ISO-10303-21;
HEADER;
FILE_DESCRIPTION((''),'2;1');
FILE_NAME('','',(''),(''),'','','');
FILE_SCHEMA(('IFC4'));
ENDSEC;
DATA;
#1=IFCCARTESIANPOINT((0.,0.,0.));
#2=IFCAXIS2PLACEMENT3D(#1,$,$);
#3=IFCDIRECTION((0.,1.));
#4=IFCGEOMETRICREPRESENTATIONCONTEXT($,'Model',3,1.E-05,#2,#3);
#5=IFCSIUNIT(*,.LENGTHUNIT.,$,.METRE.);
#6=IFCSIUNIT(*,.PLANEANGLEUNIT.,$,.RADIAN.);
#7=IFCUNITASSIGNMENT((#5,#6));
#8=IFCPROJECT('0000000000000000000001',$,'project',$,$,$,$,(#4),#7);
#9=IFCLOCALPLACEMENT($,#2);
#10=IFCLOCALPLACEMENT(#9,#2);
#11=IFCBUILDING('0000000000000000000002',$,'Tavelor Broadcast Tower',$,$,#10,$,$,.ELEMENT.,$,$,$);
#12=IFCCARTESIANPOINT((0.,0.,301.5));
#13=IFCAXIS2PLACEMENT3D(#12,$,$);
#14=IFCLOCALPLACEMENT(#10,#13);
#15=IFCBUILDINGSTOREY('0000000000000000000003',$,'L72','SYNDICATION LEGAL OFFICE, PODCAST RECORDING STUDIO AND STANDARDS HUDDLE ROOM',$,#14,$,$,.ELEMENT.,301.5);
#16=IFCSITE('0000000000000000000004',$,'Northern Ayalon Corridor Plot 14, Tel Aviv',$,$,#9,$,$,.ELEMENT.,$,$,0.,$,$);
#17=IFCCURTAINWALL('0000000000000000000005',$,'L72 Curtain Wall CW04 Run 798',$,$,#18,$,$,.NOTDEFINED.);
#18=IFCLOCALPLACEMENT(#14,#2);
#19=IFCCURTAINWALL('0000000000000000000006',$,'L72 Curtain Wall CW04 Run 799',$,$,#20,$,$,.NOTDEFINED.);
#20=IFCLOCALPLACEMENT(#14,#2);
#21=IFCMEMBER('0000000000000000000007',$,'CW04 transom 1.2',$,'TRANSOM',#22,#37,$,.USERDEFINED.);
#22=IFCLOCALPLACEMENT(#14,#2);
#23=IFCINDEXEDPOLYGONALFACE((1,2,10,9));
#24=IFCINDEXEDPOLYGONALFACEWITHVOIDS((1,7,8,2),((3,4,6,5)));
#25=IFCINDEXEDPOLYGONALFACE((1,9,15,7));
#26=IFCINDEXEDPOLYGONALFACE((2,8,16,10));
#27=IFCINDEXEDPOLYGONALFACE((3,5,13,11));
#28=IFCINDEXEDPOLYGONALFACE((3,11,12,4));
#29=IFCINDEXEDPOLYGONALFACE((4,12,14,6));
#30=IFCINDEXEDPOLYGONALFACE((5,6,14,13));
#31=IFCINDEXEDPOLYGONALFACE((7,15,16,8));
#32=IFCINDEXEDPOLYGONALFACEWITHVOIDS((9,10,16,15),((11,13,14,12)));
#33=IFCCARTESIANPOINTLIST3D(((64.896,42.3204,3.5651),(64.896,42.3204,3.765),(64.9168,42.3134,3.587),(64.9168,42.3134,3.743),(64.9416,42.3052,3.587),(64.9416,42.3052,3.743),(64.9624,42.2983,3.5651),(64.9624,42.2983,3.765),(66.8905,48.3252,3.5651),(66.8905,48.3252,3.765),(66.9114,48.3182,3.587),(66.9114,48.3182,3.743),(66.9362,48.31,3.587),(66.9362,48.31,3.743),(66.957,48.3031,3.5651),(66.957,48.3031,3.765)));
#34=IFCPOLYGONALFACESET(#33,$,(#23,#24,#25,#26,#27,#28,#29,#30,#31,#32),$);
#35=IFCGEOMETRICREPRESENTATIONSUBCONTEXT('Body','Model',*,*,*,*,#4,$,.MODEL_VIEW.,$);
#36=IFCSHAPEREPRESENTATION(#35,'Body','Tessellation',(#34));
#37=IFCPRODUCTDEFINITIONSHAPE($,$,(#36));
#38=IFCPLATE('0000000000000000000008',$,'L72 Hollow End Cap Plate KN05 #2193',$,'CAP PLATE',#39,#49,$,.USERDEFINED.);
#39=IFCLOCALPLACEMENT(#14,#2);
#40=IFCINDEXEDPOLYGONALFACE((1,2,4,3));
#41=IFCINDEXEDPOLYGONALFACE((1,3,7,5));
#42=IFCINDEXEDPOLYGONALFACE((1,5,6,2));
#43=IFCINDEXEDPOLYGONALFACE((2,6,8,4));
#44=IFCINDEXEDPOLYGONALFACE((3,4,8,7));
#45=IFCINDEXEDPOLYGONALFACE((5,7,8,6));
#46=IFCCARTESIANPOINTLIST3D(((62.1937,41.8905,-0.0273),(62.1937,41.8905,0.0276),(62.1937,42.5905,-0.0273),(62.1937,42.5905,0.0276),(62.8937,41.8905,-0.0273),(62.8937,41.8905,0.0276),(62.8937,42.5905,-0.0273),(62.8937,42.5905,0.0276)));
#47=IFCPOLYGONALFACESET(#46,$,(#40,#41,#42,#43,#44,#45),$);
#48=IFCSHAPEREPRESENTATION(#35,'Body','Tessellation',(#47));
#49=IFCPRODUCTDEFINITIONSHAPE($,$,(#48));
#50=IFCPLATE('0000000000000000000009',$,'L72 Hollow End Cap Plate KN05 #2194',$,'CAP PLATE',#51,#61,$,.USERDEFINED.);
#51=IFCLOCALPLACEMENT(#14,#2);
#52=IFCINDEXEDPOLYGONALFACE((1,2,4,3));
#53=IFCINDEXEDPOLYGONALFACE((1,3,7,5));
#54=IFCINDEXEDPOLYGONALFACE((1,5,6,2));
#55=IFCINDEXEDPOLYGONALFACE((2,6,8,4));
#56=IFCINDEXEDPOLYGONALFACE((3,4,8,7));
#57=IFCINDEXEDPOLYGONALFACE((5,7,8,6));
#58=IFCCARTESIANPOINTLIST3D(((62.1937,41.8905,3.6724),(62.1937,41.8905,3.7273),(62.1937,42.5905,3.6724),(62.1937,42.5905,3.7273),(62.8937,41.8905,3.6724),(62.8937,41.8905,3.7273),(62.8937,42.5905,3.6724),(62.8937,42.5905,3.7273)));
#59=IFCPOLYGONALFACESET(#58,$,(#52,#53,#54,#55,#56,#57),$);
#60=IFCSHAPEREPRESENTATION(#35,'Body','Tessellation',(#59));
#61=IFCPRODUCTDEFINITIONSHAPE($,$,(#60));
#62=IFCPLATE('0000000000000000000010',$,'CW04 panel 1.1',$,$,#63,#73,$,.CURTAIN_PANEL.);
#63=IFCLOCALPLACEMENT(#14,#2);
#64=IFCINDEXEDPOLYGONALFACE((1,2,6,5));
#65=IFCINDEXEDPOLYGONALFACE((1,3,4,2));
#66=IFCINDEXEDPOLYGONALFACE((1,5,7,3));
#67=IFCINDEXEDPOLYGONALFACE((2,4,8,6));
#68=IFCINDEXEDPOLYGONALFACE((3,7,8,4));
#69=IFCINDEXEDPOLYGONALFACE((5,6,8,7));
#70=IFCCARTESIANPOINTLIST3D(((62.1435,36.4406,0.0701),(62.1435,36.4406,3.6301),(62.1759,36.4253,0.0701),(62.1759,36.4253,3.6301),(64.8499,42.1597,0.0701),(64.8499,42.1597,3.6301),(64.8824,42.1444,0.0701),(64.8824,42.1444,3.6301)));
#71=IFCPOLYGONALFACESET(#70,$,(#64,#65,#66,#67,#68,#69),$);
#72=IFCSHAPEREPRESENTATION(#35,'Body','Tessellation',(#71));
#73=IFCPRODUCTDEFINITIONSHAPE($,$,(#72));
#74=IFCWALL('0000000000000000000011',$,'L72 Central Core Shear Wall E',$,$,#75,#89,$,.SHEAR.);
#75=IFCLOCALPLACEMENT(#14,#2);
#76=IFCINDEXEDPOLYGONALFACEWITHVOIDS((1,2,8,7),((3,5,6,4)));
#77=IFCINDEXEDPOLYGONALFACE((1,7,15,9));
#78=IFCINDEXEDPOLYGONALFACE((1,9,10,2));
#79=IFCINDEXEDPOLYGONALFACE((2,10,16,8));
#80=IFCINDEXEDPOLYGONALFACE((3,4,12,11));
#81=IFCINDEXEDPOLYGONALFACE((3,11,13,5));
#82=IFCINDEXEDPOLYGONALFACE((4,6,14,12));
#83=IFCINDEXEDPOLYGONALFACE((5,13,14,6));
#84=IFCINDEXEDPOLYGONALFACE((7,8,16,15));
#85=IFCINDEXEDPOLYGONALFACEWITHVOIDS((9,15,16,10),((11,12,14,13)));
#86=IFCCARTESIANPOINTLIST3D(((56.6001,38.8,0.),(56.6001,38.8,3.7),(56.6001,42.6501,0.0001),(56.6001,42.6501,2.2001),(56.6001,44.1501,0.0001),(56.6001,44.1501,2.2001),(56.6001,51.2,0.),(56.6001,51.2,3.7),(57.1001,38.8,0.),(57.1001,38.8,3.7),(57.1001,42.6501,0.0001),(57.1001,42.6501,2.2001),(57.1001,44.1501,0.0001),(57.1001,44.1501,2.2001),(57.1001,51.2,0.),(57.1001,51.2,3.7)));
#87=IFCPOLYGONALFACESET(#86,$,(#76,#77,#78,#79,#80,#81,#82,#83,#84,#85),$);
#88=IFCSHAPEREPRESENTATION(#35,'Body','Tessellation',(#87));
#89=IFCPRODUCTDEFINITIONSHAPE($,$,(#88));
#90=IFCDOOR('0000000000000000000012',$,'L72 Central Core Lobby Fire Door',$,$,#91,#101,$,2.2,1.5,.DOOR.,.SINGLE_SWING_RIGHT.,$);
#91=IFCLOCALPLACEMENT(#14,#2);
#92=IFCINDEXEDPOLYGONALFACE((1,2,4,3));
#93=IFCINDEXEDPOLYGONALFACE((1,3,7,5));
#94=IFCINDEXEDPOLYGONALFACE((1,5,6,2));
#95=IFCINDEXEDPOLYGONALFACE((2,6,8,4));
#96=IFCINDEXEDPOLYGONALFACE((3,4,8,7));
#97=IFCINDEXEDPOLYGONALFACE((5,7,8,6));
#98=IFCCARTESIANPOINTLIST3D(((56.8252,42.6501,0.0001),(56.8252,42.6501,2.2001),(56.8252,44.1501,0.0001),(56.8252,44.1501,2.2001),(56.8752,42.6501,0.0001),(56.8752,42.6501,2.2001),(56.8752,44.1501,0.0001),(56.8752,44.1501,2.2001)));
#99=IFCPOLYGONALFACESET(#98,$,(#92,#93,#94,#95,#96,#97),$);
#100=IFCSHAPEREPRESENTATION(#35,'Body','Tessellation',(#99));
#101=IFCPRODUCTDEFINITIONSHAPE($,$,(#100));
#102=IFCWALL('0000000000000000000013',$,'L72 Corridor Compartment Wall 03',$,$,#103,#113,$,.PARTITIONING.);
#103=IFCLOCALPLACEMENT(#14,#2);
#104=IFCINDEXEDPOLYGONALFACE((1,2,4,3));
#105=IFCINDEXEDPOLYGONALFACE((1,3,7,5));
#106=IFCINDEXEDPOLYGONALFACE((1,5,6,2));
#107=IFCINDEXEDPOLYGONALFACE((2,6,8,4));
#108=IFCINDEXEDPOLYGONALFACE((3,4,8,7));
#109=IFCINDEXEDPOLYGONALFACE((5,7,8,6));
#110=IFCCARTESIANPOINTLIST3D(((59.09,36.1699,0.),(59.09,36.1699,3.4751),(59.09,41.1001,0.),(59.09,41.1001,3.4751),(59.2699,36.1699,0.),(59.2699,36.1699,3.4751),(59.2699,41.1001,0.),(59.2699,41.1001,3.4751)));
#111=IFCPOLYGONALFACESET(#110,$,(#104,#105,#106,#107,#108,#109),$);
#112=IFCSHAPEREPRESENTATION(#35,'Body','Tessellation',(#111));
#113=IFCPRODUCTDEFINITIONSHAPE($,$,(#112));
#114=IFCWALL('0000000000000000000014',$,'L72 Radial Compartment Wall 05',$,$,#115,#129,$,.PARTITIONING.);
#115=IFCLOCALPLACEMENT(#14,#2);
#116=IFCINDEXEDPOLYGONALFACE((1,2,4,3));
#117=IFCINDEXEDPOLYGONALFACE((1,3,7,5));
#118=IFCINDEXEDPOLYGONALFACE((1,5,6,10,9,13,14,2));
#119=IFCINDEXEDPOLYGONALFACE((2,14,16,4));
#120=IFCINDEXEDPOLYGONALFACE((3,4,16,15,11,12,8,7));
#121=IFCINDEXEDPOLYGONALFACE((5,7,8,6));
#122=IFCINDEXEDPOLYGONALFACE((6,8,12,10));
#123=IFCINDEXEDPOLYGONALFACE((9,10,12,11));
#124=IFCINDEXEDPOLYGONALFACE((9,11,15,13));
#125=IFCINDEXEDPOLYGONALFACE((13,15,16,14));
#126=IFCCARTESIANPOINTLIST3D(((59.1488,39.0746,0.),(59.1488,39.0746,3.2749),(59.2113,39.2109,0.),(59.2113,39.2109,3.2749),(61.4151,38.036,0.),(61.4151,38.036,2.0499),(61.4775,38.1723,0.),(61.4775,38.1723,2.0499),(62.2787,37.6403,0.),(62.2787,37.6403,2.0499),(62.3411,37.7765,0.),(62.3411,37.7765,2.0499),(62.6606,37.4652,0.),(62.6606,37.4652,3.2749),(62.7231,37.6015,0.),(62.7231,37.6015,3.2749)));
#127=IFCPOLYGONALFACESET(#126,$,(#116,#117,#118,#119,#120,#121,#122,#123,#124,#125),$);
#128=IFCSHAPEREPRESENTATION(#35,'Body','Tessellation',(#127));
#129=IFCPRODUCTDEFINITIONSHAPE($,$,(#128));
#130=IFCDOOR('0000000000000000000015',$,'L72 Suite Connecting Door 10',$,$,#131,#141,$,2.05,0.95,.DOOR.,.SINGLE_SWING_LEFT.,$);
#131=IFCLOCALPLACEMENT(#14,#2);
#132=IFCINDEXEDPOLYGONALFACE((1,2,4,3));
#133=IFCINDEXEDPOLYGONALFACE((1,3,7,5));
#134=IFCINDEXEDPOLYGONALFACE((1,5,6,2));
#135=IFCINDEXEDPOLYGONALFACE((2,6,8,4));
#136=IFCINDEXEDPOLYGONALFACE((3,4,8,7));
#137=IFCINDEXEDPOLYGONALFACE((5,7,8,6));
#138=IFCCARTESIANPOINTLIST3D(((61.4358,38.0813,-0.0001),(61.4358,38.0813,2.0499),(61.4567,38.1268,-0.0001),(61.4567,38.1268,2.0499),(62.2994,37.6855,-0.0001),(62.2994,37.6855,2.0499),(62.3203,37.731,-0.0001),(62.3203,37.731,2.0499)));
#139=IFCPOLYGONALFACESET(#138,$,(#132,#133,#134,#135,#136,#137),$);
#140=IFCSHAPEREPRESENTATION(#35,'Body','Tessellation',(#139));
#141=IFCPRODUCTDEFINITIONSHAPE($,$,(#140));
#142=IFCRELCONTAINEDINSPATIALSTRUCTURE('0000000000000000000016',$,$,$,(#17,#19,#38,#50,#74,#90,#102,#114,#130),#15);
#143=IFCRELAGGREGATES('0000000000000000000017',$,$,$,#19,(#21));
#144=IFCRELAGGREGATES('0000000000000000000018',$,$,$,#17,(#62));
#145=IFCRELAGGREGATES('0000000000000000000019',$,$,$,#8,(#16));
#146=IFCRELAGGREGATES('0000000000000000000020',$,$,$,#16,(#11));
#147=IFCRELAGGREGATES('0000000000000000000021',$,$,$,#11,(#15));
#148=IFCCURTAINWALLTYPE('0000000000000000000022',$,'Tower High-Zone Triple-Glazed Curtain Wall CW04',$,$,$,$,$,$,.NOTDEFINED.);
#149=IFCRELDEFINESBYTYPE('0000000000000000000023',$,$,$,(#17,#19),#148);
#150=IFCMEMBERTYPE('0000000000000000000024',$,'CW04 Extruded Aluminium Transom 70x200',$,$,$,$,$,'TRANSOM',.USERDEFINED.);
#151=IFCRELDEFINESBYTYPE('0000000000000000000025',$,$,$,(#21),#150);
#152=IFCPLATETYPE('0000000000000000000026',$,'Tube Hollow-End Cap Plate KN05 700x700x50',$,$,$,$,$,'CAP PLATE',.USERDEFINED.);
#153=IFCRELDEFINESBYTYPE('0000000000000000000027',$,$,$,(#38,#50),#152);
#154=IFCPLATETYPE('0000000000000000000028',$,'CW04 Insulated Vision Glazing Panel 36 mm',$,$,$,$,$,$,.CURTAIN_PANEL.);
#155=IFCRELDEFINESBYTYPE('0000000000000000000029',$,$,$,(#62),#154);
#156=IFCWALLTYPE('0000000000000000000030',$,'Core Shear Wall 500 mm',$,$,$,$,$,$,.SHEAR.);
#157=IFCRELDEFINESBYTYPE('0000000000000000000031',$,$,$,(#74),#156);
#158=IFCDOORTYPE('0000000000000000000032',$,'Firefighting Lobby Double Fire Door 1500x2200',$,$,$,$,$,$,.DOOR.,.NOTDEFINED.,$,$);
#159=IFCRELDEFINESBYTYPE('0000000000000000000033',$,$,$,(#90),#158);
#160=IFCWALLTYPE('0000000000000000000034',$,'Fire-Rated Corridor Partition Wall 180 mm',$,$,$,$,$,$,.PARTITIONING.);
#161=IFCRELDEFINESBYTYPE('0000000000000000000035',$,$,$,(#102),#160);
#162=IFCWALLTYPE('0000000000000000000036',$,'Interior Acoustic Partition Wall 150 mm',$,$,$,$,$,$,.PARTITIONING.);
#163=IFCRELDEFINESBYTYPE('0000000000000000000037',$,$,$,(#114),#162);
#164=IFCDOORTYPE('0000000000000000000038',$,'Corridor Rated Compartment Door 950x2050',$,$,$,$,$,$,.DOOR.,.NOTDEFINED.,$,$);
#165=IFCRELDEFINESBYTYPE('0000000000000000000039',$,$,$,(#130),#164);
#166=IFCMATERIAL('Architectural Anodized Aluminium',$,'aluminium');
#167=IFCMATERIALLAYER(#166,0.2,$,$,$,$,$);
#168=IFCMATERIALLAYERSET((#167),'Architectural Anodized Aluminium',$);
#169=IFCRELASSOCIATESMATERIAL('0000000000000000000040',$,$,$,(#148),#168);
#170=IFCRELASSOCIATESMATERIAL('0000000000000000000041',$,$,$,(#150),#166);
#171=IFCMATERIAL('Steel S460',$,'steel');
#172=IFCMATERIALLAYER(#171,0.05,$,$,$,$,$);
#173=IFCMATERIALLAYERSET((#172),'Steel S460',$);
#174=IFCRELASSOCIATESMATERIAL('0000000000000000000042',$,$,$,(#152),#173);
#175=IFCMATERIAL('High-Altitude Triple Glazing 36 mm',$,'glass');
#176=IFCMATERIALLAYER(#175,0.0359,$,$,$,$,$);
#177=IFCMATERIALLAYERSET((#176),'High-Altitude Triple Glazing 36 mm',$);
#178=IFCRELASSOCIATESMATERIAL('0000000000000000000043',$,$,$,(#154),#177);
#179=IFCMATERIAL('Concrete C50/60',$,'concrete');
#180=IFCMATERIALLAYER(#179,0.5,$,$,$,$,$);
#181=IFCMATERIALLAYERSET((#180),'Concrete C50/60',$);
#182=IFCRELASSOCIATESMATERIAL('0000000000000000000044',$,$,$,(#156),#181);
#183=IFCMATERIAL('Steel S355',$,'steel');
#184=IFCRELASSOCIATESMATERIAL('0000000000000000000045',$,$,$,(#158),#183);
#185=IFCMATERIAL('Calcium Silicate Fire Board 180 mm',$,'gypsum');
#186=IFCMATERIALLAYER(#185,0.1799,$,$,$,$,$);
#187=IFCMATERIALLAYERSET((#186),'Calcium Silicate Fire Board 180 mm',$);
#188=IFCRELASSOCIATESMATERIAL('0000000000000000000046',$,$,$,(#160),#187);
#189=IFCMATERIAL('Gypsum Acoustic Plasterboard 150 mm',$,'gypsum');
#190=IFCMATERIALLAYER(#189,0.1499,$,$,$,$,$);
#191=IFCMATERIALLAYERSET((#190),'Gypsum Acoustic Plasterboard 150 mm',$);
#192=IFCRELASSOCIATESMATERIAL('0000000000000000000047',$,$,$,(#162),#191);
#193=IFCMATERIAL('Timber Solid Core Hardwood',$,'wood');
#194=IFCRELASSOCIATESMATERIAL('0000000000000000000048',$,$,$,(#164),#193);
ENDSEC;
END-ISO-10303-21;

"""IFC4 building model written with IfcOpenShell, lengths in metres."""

from ifc_helpers import new_model, si_unit, direction, frame, frame_2d, origin, origin_2d, place, context, subcontext, project, spatial, rectangle, hollow_rectangle, extrude, source, transform, mapped, material, layer, layer_set, material_profile, profile_set, type_object, type_shapes, element, fill, aggregate, save


model = new_model("IFC4")

# Units and contexts
model_context = context("Model", 3, precision=1e-05, world=origin(), true_north=direction((0.0, 1.0)))
body_context = subcontext(model_context, "Body", "Model", "MODEL_VIEW")
ifc_project = project(units=[si_unit("LENGTHUNIT", "METRE"), si_unit("PLANEANGLEUNIT", "RADIAN")], contexts=[model_context])

# Site, building, storey
site_placement = place(None, origin())
site = spatial("IfcSite", under=ifc_project, at=site_placement, Name="Northern Ayalon Corridor Plot 14, Tel Aviv", CompositionType="ELEMENT", RefElevation=0.0)
building_placement = place(site_placement, origin())
building = spatial("IfcBuilding", under=site, at=building_placement, Name="Tavelor Broadcast Tower", CompositionType="ELEMENT")
storey_placement = place(building_placement, frame((0.0, 0.0, 301.5)))
storey = spatial("IfcBuildingStorey", under=building, at=storey_placement, Name="L72", Description="SYNDICATION LEGAL OFFICE, PODCAST RECORDING STUDIO AND STANDARDS HUDDLE ROOM", CompositionType="ELEMENT", Elevation=301.5)

# Shared definitions
ifc_material_1 = material(Name="Concrete C50/60", Category="concrete")
ifc_material_2 = material(Name="Steel S460", Category="steel")

# Shared definitions
ifc_material_3 = material(Name="Steel S355", Category="steel")

# Curtain wall
ifc_material_4 = material(Name="Architectural Anodized Aluminium", Category="aluminium")
ifc_layer_1 = layer(ifc_material_4, 0.2)
ifc_layer_set_1 = layer_set([ifc_layer_1], Name="Architectural Anodized Aluminium")
curtain_wall_type = type_object("IfcCurtainWallType", Name="Tower High-Zone Triple-Glazed Curtain Wall CW04", PredefinedType="NOTDEFINED", material=ifc_layer_set_1)
curtain_wall_1_placement = place(storey_placement, origin())
curtain_wall_1 = element("IfcCurtainWall", 1, at=curtain_wall_1_placement, inside=storey, type_object=curtain_wall_type, Name="L72 Curtain Wall CW04 Run 798", PredefinedType="NOTDEFINED")

# Curtain wall, member
curtain_wall_2_placement = place(storey_placement, origin())
curtain_wall_2 = element("IfcCurtainWall", 2, at=curtain_wall_2_placement, inside=storey, type_object=curtain_wall_type, Name="L72 Curtain Wall CW04 Run 799", PredefinedType="NOTDEFINED")
ifc_material_profile_1 = material_profile(ifc_material_4, hollow_rectangle(XDim=0.0701, YDim=0.2, WallThickness=0.022, at=origin_2d()), Name="RHS 70x200x22")
ifc_profile_set_1 = profile_set([ifc_material_profile_1], Name="Architectural Anodized Aluminium")
member_type_1 = type_object("IfcMemberType", Name="CW04 Extruded Aluminium Transom 70x200", ElementType="TRANSOM", PredefinedType="USERDEFINED", material=ifc_profile_set_1)
shared_shape_1 = source(origin(), body_context, "Body", "SweptSolid", [
    extrude(hollow_rectangle(XDim=0.0701, YDim=0.2, WallThickness=0.022, at=origin_2d()), origin(), (0.0, 0.0, 1.0), 6.3274),
])
type_shapes(member_type_1, [shared_shape_1])
member_1_placement = place(storey_placement, frame((64.9292, 42.3093, 3.665), z_axis=(0.315232, 0.949015, 0.0), x_axis=(-0.949015, 0.315232, 0.0)))
member_1 = element("IfcMember", 3, at=member_1_placement, type_object=member_type_1, Name="CW04 transom 1.2", ObjectType="TRANSOM", PredefinedType="USERDEFINED", context=body_context, shape_type="MappedRepresentation", body=[
    mapped(shared_shape_1, transform((0.0, 0.0, 0.0), scale=1.0)),
])
aggregate(curtain_wall_2, [member_1])

# Plates
ifc_layer_2 = layer(ifc_material_2, 0.05)
ifc_layer_set_2 = layer_set([ifc_layer_2], Name="Steel S460")
plate_type_1 = type_object("IfcPlateType", Name="Tube Hollow-End Cap Plate KN05 700x700x50", ElementType="CAP PLATE", PredefinedType="USERDEFINED", material=ifc_layer_set_2)
shared_shape_2 = source(origin(), body_context, "Body", "SweptSolid", [
    extrude(rectangle(XDim=0.7, YDim=0.7, at=origin_2d()), origin(), (0.0, 0.0, 1.0), 0.0549),
])
type_shapes(plate_type_1, [shared_shape_2])
for number, where, z_axis, x_axis, name in (
    (4, (62.5437, 42.2405, -0.0273), (0.0, 0.0, 1.0), (1.0, 0.0, 0.0), "L72 Hollow End Cap Plate KN05 #2193"),
    (5, (62.5437, 42.2405, 3.6724), (0.0, 0.0, 1.0), (1.0, 0.0, 0.0), "L72 Hollow End Cap Plate KN05 #2194"),
):
    element("IfcPlate", number, at=place(storey_placement, frame(where, z_axis=z_axis, x_axis=x_axis)), inside=storey, type_object=plate_type_1, Name=name, ObjectType="CAP PLATE", PredefinedType="USERDEFINED", context=body_context, shape_type="MappedRepresentation", body=[
        mapped(shared_shape_2, transform((0.0, 0.0, 0.0), scale=1.0)),
    ])

# Plate
ifc_material_5 = material(Name="High-Altitude Triple Glazing 36 mm", Category="glass")
ifc_layer_3 = layer(ifc_material_5, 0.0359)
ifc_layer_set_3 = layer_set([ifc_layer_3], Name="High-Altitude Triple Glazing 36 mm")
plate_type_2 = type_object("IfcPlateType", Name="CW04 Insulated Vision Glazing Panel 36 mm", PredefinedType="CURTAIN_PANEL", material=ifc_layer_set_3)
shared_shape_3 = source(origin(), body_context, "Body", "SweptSolid", [
    extrude(rectangle(XDim=6.3271, YDim=0.0359, at=origin_2d()), origin(), (0.0, 0.0, 1.0), 3.5601),
])
type_shapes(plate_type_2, [shared_shape_3])
plate_placement = place(storey_placement, frame((63.5129, 39.2925, 0.0701), z_axis=(0.0, 0.0, 1.0), x_axis=(0.427749, 0.903897, 0.0)))
plate = element("IfcPlate", 6, at=plate_placement, type_object=plate_type_2, Name="CW04 panel 1.1", PredefinedType="CURTAIN_PANEL", context=body_context, shape_type="MappedRepresentation", body=[
    mapped(shared_shape_3, transform((0.0, 0.0, 0.0), scale=1.0)),
])
aggregate(curtain_wall_1, [plate])

# Wall, opening, door
ifc_layer_4 = layer(ifc_material_1, 0.5)
ifc_layer_set_4 = layer_set([ifc_layer_4], Name="Concrete C50/60")
wall_type_1 = type_object("IfcWallType", Name="Core Shear Wall 500 mm", PredefinedType="SHEAR", material=ifc_layer_set_4)
wall_1_placement = place(storey_placement, frame((56.8501, 38.8, 0.0), z_axis=(0.0, 0.0, 1.0), x_axis=(0.0, 1.0, 0.0)))
wall_1 = element("IfcWall", 7, at=wall_1_placement, inside=storey, type_object=wall_type_1, Name="L72 Central Core Shear Wall E", PredefinedType="SHEAR", context=body_context, shape_type="SweptSolid", body=[
    extrude(rectangle(XDim=12.3999, YDim=0.5, at=frame_2d((6.2, 0.0))), origin(), (0.0, 0.0, 1.0), 3.7),
])
opening_1_placement = place(wall_1_placement, frame((3.8501, 0.0, 0.0)))
opening_1 = element("IfcOpeningElement", 8, at=opening_1_placement, cuts=wall_1, PredefinedType="OPENING", context=body_context, shape_type="SweptSolid", body=[
    extrude(rectangle(XDim=1.5, YDim=2.2, at=frame_2d((0.75, 1.1001))), frame((0.0, 0.26, 0.0), z_axis=(0.0, -1.0, 0.0), x_axis=(1.0, 0.0, 0.0)), (0.0, 0.0, 1.0), 0.52),
])
door_type_1 = type_object("IfcDoorType", Name="Firefighting Lobby Double Fire Door 1500x2200", OperationType="NOTDEFINED", PredefinedType="DOOR", material=ifc_material_3)
door_1_placement = place(opening_1_placement, origin())
door_1 = element("IfcDoor", 9, at=door_1_placement, inside=storey, type_object=door_type_1, Name="L72 Central Core Lobby Fire Door", OperationType="SINGLE_SWING_RIGHT", OverallHeight=2.2, OverallWidth=1.5, PredefinedType="DOOR", context=body_context, shape_type="SweptSolid", body=[
    extrude(rectangle(XDim=1.5, YDim=2.2, at=frame_2d((0.75, 1.1001))), frame((0.0, 0.0249, 0.0), z_axis=(0.0, -1.0, 0.0), x_axis=(1.0, 0.0, 0.0)), (0.0, 0.0, 1.0), 0.05),
])
fill(opening_1, door_1)

# Wall
ifc_material_6 = material(Name="Calcium Silicate Fire Board 180 mm", Category="gypsum")
ifc_layer_5 = layer(ifc_material_6, 0.1799)
ifc_layer_set_5 = layer_set([ifc_layer_5], Name="Calcium Silicate Fire Board 180 mm")
wall_type_2 = type_object("IfcWallType", Name="Fire-Rated Corridor Partition Wall 180 mm", PredefinedType="PARTITIONING", material=ifc_layer_set_5)
wall_2_placement = place(storey_placement, frame((59.1799, 41.1001, 0.0), z_axis=(0.0, 0.0, 1.0), x_axis=(0.0, -1.0, 0.0)))
element("IfcWall", 10, at=wall_2_placement, inside=storey, type_object=wall_type_2, Name="L72 Corridor Compartment Wall 03", PredefinedType="PARTITIONING", context=body_context, shape_type="SweptSolid", body=[
    extrude(rectangle(XDim=4.9302, YDim=0.1799, at=frame_2d((2.4651, 0.0))), origin(), (0.0, 0.0, 1.0), 3.4751),
])

# Wall, opening, door
ifc_material_7 = material(Name="Gypsum Acoustic Plasterboard 150 mm", Category="gypsum")
ifc_layer_6 = layer(ifc_material_7, 0.1499)
ifc_layer_set_6 = layer_set([ifc_layer_6], Name="Gypsum Acoustic Plasterboard 150 mm")
wall_type_3 = type_object("IfcWallType", Name="Interior Acoustic Partition Wall 150 mm", PredefinedType="PARTITIONING", material=ifc_layer_set_6)
wall_3_placement = place(storey_placement, frame((59.1799, 39.1428, 0.0), z_axis=(0.0, 0.0, 1.0), x_axis=(0.909081, -0.41662, 0.0)))
wall_3 = element("IfcWall", 11, at=wall_3_placement, inside=storey, type_object=wall_type_3, Name="L72 Radial Compartment Wall 05", PredefinedType="PARTITIONING", context=body_context, shape_type="SweptSolid", body=[
    extrude(rectangle(XDim=3.863, YDim=0.1499, at=frame_2d((1.9316, 0.0))), origin(), (0.0, 0.0, 1.0), 3.2749),
])
opening_2_placement = place(wall_3_placement, frame((2.4929, 0.0, 0.0)))
opening_2 = element("IfcOpeningElement", 12, at=opening_2_placement, cuts=wall_3, PredefinedType="OPENING", context=body_context, shape_type="SweptSolid", body=[
    extrude(rectangle(XDim=0.95, YDim=2.05, at=frame_2d((0.4751, 1.0249))), frame((0.0, 0.085, 0.0), z_axis=(0.0, -1.0, 0.0), x_axis=(1.0, 0.0, 0.0)), (0.0, 0.0, 1.0), 0.1699),
])
ifc_material_8 = material(Name="Timber Solid Core Hardwood", Category="wood")
door_type_2 = type_object("IfcDoorType", Name="Corridor Rated Compartment Door 950x2050", OperationType="NOTDEFINED", PredefinedType="DOOR", material=ifc_material_8)
door_2_placement = place(opening_2_placement, origin())
door_2 = element("IfcDoor", 13, at=door_2_placement, inside=storey, type_object=door_type_2, Name="L72 Suite Connecting Door 10", OperationType="SINGLE_SWING_LEFT", OverallHeight=2.05, OverallWidth=0.95, PredefinedType="DOOR", context=body_context, shape_type="SweptSolid", body=[
    extrude(rectangle(XDim=0.95, YDim=2.05, at=frame_2d((0.4751, 1.0249))), frame((0.0, 0.0249, 0.0), z_axis=(0.0, -1.0, 0.0), x_axis=(1.0, 0.0, 0.0)), (0.0, 0.0, 1.0), 0.05),
])
fill(opening_2, door_2)

save(model, "model.ifc")
